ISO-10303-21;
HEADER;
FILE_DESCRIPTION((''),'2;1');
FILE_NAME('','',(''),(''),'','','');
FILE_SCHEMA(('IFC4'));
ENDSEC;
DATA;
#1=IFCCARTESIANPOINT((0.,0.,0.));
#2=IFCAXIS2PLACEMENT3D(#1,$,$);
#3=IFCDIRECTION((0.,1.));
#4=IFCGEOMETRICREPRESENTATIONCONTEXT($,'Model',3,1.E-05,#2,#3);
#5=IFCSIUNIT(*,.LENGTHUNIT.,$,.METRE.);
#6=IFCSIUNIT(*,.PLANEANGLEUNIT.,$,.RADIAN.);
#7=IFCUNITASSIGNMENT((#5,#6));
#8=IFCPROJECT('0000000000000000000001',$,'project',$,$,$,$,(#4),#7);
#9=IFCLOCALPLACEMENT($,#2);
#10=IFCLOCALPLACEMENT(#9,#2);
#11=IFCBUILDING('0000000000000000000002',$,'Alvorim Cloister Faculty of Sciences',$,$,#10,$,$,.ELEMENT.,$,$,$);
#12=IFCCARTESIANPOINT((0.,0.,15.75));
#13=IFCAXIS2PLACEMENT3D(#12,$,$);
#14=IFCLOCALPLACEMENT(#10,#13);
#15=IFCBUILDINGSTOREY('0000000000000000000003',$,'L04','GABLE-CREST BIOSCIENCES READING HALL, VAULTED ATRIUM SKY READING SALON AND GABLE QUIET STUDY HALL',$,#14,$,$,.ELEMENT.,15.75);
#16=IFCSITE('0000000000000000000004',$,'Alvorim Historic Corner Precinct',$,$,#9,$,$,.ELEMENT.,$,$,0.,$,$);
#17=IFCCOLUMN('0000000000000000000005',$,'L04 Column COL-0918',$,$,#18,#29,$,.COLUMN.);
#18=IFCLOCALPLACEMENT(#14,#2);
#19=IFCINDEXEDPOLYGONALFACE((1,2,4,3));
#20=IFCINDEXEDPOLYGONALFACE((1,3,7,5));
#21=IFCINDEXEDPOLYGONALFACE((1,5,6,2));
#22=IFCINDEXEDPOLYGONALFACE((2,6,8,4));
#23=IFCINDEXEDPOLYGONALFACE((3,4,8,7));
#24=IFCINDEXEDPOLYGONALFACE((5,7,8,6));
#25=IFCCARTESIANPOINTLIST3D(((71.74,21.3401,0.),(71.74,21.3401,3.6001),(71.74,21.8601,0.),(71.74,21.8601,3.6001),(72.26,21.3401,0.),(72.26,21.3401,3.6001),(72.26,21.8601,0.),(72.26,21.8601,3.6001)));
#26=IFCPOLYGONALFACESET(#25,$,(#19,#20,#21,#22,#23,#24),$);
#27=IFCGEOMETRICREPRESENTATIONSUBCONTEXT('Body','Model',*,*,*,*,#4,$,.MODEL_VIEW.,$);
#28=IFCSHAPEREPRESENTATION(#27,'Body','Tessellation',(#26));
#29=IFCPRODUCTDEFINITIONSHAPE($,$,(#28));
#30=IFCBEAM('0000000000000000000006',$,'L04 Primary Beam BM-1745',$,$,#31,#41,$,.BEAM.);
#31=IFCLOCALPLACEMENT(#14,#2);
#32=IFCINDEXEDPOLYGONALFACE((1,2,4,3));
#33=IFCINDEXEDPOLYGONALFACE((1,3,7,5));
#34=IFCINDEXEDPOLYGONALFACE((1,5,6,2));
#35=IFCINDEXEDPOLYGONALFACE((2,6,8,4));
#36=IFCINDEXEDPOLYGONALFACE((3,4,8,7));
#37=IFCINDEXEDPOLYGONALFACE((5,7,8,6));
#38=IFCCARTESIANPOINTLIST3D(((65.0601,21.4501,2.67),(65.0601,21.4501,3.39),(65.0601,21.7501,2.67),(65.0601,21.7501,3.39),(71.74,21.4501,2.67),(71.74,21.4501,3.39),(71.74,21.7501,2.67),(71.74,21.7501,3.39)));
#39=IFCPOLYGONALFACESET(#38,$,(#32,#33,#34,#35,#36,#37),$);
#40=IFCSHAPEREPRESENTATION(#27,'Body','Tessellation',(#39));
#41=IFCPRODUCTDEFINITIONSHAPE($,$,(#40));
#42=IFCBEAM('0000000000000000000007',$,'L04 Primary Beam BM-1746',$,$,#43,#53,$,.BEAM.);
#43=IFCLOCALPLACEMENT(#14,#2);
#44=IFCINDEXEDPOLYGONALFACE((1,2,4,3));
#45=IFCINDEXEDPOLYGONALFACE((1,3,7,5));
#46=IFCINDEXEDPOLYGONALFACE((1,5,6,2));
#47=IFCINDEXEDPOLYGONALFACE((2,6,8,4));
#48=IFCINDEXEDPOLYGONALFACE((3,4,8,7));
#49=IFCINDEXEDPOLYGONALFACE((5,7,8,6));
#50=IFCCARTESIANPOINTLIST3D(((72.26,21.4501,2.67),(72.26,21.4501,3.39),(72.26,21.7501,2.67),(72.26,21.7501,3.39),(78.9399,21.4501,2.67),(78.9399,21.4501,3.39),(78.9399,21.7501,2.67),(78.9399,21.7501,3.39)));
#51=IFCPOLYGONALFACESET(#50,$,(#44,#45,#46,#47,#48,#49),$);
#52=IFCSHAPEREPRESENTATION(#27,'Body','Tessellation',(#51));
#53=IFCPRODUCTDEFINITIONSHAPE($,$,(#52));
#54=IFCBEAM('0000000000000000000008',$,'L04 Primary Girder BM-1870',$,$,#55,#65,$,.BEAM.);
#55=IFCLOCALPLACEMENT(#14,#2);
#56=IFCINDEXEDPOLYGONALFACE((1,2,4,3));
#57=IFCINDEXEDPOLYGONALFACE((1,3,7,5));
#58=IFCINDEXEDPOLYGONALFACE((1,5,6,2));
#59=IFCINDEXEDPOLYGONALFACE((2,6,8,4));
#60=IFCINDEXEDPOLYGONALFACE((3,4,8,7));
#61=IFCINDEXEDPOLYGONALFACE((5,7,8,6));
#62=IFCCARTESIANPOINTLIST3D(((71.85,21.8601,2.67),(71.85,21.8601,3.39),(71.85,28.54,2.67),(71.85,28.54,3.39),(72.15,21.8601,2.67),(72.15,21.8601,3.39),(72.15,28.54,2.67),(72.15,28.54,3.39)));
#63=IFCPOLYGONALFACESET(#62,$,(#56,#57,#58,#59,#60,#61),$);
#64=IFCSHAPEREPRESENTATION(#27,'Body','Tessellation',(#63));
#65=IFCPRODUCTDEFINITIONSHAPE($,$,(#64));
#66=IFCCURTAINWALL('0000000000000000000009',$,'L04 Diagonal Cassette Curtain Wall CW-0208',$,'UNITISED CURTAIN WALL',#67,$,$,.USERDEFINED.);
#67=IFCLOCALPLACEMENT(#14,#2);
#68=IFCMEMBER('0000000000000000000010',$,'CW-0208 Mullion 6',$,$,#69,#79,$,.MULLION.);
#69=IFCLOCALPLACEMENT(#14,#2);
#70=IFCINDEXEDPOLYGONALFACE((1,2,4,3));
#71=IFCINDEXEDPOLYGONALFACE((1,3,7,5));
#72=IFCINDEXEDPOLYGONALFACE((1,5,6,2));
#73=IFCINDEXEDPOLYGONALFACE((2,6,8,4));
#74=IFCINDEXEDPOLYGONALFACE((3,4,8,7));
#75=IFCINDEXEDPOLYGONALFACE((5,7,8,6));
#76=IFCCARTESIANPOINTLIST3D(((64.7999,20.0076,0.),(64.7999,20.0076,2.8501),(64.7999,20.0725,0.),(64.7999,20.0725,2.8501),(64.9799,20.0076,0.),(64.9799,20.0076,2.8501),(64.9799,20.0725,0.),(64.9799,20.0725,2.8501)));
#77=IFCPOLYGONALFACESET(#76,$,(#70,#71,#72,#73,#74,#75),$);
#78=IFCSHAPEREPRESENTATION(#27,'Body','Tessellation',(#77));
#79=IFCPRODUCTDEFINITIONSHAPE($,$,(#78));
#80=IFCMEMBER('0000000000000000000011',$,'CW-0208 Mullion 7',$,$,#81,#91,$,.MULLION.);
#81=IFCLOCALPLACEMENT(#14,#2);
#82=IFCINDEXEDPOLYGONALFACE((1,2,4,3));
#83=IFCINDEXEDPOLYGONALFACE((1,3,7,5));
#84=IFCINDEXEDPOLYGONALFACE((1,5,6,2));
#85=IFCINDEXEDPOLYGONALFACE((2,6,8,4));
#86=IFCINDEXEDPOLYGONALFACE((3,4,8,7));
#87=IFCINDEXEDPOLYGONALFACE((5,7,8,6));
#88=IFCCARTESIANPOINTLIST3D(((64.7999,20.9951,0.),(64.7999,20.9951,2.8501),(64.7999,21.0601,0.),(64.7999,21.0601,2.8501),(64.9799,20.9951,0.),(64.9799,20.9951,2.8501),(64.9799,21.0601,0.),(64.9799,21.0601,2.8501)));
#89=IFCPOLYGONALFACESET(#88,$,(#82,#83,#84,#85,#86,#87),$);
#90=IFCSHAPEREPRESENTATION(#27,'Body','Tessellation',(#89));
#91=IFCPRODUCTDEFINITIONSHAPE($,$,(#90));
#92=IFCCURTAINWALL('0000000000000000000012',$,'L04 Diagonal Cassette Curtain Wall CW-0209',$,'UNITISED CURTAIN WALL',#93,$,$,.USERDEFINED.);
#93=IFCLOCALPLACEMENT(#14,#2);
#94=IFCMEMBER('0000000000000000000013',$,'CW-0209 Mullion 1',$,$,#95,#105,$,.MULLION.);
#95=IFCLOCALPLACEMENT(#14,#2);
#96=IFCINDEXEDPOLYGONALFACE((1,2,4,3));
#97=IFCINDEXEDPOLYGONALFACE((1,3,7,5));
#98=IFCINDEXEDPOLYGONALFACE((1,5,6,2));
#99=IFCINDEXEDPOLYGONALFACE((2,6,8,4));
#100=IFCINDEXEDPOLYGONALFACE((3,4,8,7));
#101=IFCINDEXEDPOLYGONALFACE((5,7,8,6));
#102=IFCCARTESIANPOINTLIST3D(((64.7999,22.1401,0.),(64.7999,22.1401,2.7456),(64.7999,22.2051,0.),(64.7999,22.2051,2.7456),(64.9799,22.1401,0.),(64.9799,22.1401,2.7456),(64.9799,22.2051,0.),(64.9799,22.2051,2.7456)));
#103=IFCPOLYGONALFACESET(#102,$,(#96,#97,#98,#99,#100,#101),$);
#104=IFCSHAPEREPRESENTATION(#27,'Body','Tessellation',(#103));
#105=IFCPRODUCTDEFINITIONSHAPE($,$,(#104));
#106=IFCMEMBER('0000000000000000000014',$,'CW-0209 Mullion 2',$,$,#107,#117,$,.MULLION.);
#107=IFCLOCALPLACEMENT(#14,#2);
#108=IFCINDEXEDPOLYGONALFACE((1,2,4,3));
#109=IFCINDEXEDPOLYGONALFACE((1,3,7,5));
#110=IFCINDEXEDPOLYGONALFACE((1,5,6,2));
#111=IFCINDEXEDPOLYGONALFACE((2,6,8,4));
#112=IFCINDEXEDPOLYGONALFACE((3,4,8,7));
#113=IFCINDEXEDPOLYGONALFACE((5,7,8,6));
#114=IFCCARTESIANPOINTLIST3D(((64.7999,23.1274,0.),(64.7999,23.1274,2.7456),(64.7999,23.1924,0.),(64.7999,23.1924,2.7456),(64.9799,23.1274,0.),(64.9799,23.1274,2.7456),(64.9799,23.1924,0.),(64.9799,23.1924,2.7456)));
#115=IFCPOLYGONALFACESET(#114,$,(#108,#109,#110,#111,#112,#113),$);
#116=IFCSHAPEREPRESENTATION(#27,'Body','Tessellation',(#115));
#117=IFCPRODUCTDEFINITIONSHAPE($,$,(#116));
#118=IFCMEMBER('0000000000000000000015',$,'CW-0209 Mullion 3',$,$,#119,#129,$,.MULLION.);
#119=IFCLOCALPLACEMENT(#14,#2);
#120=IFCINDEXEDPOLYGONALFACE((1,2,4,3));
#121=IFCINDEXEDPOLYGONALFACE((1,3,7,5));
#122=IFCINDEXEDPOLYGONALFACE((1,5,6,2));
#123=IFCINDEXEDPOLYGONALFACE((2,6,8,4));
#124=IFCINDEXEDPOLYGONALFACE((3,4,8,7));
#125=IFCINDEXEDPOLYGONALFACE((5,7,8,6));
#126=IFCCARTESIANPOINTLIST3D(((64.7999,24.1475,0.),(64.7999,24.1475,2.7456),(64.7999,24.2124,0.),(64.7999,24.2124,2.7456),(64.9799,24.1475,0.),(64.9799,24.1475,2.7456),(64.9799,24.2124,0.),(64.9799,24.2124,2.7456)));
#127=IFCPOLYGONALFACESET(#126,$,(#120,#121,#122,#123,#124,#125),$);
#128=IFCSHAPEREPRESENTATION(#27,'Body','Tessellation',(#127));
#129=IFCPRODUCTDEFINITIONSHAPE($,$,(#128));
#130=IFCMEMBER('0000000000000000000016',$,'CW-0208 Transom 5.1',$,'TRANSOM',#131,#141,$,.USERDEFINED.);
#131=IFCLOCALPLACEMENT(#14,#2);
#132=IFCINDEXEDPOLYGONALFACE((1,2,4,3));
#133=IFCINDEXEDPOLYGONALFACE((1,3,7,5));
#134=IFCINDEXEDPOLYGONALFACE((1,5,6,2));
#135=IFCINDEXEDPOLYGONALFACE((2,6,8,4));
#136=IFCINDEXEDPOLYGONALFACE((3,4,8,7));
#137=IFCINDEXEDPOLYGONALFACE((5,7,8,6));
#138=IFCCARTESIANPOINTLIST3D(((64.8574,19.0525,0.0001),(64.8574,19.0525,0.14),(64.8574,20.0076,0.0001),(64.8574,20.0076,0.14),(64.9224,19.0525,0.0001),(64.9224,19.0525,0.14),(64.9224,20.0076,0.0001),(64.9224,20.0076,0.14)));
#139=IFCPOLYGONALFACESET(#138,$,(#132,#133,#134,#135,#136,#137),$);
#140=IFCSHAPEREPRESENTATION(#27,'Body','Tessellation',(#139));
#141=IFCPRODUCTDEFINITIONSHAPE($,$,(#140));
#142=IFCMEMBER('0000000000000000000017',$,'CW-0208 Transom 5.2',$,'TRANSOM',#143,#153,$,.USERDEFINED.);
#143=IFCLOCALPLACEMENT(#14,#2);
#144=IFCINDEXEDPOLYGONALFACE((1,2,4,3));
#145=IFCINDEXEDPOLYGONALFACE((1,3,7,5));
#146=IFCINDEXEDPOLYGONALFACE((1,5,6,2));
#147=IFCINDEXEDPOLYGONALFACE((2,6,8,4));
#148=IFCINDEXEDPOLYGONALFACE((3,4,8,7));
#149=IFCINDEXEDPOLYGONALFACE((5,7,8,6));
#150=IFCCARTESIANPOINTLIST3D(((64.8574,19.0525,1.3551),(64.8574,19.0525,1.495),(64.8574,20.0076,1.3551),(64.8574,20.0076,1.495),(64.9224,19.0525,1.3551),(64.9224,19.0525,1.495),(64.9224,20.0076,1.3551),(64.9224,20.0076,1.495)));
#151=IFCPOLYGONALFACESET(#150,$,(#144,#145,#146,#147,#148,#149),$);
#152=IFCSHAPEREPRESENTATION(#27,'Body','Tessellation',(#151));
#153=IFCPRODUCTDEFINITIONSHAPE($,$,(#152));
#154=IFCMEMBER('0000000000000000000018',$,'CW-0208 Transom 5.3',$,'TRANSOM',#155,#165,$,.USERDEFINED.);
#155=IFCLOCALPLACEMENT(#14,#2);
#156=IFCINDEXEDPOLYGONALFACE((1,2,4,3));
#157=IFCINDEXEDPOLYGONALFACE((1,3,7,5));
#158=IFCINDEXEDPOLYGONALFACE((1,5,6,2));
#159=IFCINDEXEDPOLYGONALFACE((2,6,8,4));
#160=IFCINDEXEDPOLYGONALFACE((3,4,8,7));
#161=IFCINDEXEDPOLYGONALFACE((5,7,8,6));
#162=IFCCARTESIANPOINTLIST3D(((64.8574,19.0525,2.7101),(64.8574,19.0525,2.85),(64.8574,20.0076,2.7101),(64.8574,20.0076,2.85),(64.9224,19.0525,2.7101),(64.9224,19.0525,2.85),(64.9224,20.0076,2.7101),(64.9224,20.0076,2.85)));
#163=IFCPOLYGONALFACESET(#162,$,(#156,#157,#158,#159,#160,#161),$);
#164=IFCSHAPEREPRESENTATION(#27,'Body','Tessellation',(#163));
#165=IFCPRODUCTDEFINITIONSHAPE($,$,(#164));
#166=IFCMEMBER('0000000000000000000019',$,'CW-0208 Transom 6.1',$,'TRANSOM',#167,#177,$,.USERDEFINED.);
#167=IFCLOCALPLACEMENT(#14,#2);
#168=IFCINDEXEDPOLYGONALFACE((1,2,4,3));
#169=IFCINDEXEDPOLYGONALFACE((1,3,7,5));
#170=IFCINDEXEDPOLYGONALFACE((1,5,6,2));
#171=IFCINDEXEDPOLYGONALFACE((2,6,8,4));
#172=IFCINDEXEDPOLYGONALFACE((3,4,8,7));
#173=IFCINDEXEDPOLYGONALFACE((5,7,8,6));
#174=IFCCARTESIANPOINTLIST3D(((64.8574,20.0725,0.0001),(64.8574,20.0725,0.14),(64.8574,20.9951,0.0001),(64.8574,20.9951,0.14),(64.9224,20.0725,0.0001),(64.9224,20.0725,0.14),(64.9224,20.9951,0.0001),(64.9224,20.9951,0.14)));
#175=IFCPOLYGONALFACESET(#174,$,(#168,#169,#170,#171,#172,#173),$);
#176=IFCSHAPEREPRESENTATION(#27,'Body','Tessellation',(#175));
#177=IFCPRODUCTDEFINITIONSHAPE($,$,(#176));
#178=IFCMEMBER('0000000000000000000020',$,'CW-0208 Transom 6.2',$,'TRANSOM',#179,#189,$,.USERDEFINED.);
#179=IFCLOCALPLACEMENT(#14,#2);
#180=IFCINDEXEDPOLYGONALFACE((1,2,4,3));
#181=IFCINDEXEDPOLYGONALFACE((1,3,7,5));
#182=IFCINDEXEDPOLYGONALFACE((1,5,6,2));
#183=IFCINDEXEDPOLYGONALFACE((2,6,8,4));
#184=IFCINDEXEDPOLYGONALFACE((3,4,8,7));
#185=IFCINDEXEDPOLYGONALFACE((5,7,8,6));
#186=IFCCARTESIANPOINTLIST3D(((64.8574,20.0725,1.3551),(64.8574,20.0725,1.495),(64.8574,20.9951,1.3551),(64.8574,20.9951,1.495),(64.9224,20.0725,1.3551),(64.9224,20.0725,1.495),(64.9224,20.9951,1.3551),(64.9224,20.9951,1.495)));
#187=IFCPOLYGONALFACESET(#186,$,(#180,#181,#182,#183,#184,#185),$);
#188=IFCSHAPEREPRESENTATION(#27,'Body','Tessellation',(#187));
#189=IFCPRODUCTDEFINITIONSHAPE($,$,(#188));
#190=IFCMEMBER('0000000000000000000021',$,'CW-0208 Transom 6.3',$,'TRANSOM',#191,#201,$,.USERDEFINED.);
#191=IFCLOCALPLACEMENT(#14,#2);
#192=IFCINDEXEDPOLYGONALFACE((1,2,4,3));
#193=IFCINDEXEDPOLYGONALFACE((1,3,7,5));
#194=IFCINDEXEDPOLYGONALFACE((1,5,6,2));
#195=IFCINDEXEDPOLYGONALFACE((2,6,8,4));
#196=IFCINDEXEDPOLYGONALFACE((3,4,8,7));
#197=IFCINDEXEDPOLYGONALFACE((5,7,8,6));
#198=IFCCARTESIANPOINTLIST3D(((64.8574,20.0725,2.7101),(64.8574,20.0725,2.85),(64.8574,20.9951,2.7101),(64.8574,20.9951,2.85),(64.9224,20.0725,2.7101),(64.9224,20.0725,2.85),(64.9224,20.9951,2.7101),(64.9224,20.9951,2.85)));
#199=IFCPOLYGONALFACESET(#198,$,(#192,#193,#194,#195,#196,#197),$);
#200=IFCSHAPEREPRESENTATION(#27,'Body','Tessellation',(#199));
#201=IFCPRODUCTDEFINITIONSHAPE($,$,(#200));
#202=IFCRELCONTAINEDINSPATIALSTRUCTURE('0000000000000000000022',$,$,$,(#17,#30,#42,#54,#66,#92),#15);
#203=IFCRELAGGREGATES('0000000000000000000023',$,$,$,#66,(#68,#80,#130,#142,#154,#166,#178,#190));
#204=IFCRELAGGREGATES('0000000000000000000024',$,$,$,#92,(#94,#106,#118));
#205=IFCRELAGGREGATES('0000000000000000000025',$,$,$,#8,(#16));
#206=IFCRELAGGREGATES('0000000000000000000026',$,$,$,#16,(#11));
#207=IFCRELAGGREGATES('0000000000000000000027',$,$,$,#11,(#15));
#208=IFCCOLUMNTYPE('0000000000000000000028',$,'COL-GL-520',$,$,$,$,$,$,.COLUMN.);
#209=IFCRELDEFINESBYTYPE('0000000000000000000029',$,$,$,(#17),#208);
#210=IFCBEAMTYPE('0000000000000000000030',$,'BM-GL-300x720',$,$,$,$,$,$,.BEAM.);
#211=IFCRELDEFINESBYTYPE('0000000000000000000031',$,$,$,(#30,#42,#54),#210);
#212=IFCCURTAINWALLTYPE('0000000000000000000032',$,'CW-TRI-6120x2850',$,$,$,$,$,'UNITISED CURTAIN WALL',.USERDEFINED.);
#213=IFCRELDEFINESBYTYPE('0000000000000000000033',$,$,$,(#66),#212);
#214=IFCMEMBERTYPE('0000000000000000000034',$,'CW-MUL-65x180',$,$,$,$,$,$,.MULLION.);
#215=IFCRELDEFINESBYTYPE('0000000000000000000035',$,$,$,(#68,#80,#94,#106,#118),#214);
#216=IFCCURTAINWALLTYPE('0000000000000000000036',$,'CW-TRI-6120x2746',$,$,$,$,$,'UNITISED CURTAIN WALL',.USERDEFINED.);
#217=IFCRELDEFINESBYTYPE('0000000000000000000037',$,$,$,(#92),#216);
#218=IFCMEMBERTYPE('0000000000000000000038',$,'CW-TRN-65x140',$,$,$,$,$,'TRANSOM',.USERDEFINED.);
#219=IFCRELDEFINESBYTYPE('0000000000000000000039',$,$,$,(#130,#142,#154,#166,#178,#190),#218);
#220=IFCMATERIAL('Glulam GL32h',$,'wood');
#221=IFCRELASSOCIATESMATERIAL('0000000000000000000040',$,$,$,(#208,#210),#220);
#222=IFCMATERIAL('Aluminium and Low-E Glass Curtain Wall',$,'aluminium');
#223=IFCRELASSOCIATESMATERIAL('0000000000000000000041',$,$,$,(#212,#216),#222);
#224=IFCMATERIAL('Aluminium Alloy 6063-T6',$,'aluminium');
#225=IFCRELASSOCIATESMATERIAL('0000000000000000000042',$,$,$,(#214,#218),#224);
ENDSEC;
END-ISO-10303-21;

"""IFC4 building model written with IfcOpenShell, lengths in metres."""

from ifc_helpers import new_model, si_unit, direction, frame, origin, origin_2d, place, context, subcontext, project, spatial, rectangle, extrude, material, material_profile, profile_set, type_object, element, aggregate, save


model = new_model("IFC4")

# Units and contexts
model_context = context("Model", 3, precision=1e-05, world=origin(), true_north=direction((0.0, 1.0)))
body_context = subcontext(model_context, "Body", "Model", "MODEL_VIEW")
ifc_project = project(units=[si_unit("LENGTHUNIT", "METRE"), si_unit("PLANEANGLEUNIT", "RADIAN")], contexts=[model_context])

# Site, building, storey
site_placement = place(None, origin())
site = spatial("IfcSite", under=ifc_project, at=site_placement, Name="Alvorim Historic Corner Precinct", CompositionType="ELEMENT", RefElevation=0.0)
building_placement = place(site_placement, origin())
building = spatial("IfcBuilding", under=site, at=building_placement, Name="Alvorim Cloister Faculty of Sciences", CompositionType="ELEMENT")
storey_placement = place(building_placement, frame((0.0, 0.0, 15.75)))
storey = spatial("IfcBuildingStorey", under=building, at=storey_placement, Name="L04", Description="GABLE-CREST BIOSCIENCES READING HALL, VAULTED ATRIUM SKY READING SALON AND GABLE QUIET STUDY HALL", CompositionType="ELEMENT", Elevation=15.75)

# Column
ifc_material_1 = material(Name="Glulam GL32h", Category="wood")
ifc_material_profile_1 = material_profile(ifc_material_1, rectangle(XDim=0.52, YDim=0.52, at=origin_2d()), Name="GL32-COL-520x520")
ifc_profile_set_1 = profile_set([ifc_material_profile_1], Name="Glulam GL32h")
column_type = type_object("IfcColumnType", Name="COL-GL-520", PredefinedType="COLUMN", material=ifc_profile_set_1)
column_placement = place(storey_placement, frame((72.0, 21.6001, 0.0), z_axis=(0.0, 0.0, 1.0), x_axis=(1.0, 0.0, 0.0)))
element("IfcColumn", 1, at=column_placement, inside=storey, type_object=column_type, Name="L04 Column COL-0918", PredefinedType="COLUMN", context=body_context, shape_type="SweptSolid", body=[
    extrude(rectangle(XDim=0.52, YDim=0.52, at=origin_2d()), origin(), (0.0, 0.0, 1.0), 3.6001),
])

# Beams
ifc_material_profile_2 = material_profile(ifc_material_1, rectangle(XDim=0.3, YDim=0.72, at=origin_2d()), Name="GL32-BM-300x720")
ifc_profile_set_2 = profile_set([ifc_material_profile_2], Name="Glulam GL32h")
beam_type = type_object("IfcBeamType", Name="BM-GL-300x720", PredefinedType="BEAM", material=ifc_profile_set_2)
for number, where, z_axis, x_axis, name in (
    (2, (65.0601, 21.6001, 3.03), (1.0, 0.0, 0.0), (0.0, 1.0, 0.0), "L04 Primary Beam BM-1745"),
    (3, (72.26, 21.6001, 3.03), (1.0, 0.0, 0.0), (0.0, 1.0, 0.0), "L04 Primary Beam BM-1746"),
    (4, (72.0, 21.8601, 3.03), (0.0, 1.0, 0.0), (-1.0, 0.0, 0.0), "L04 Primary Girder BM-1870"),
):
    element("IfcBeam", number, at=place(storey_placement, frame(where, z_axis=z_axis, x_axis=x_axis)), inside=storey, type_object=beam_type, Name=name, PredefinedType="BEAM", context=body_context, shape_type="SweptSolid", body=[
        extrude(rectangle(XDim=0.3, YDim=0.72, at=origin_2d()), origin(), (0.0, 0.0, 1.0), 6.6799),
    ])

# Curtain walls, members
ifc_material_2 = material(Name="Aluminium and Low-E Glass Curtain Wall", Category="aluminium")
curtain_wall_type_1 = type_object("IfcCurtainWallType", Name="CW-TRI-6120x2850", ElementType="UNITISED CURTAIN WALL", PredefinedType="USERDEFINED", material=ifc_material_2)
curtain_wall_1_placement = place(storey_placement, origin())
curtain_wall_1 = element("IfcCurtainWall", 5, at=curtain_wall_1_placement, inside=storey, type_object=curtain_wall_type_1, Name="L04 Diagonal Cassette Curtain Wall CW-0208", ObjectType="UNITISED CURTAIN WALL", PredefinedType="USERDEFINED")
ifc_material_3 = material(Name="Aluminium Alloy 6063-T6", Category="aluminium")
ifc_material_profile_3 = material_profile(ifc_material_3, rectangle(XDim=0.0649, YDim=0.1799, at=origin_2d()), Name="ALU-MUL-65x180")
ifc_profile_set_3 = profile_set([ifc_material_profile_3], Name="Aluminium Alloy 6063-T6")
member_type_1 = type_object("IfcMemberType", Name="CW-MUL-65x180", PredefinedType="MULLION", material=ifc_profile_set_3)
member_1_placement = place(storey_placement, frame((64.8899, 20.04, 0.0), z_axis=(0.0, 0.0, 1.0), x_axis=(0.0, 1.0, 0.0)))
member_1 = element("IfcMember", 6, at=member_1_placement, type_object=member_type_1, Name="CW-0208 Mullion 6", PredefinedType="MULLION", context=body_context, shape_type="SweptSolid", body=[
    extrude(rectangle(XDim=0.0649, YDim=0.1799, at=origin_2d()), origin(), (0.0, 0.0, 1.0), 2.8501),
])
member_2_placement = place(storey_placement, frame((64.8899, 21.0276, 0.0), z_axis=(0.0, 0.0, 1.0), x_axis=(0.0, 1.0, 0.0)))
member_2 = element("IfcMember", 7, at=member_2_placement, type_object=member_type_1, Name="CW-0208 Mullion 7", PredefinedType="MULLION", context=body_context, shape_type="SweptSolid", body=[
    extrude(rectangle(XDim=0.0649, YDim=0.1799, at=origin_2d()), origin(), (0.0, 0.0, 1.0), 2.8501),
])
curtain_wall_type_2 = type_object("IfcCurtainWallType", Name="CW-TRI-6120x2746", ElementType="UNITISED CURTAIN WALL", PredefinedType="USERDEFINED", material=ifc_material_2)
curtain_wall_2_placement = place(storey_placement, origin())
curtain_wall_2 = element("IfcCurtainWall", 8, at=curtain_wall_2_placement, inside=storey, type_object=curtain_wall_type_2, Name="L04 Diagonal Cassette Curtain Wall CW-0209", ObjectType="UNITISED CURTAIN WALL", PredefinedType="USERDEFINED")
member_3_placement = place(storey_placement, frame((64.8899, 22.1726, 0.0), z_axis=(0.0, 0.0, 1.0), x_axis=(0.0, 1.0, 0.0)))
member_3 = element("IfcMember", 9, at=member_3_placement, type_object=member_type_1, Name="CW-0209 Mullion 1", PredefinedType="MULLION", context=body_context, shape_type="SweptSolid", body=[
    extrude(rectangle(XDim=0.0649, YDim=0.1799, at=origin_2d()), origin(), (0.0, 0.0, 1.0), 2.7456),
])
member_4_placement = place(storey_placement, frame((64.8899, 23.1599, 0.0), z_axis=(0.0, 0.0, 1.0), x_axis=(0.0, 1.0, 0.0)))
member_4 = element("IfcMember", 10, at=member_4_placement, type_object=member_type_1, Name="CW-0209 Mullion 2", PredefinedType="MULLION", context=body_context, shape_type="SweptSolid", body=[
    extrude(rectangle(XDim=0.0649, YDim=0.1799, at=origin_2d()), origin(), (0.0, 0.0, 1.0), 2.7456),
])
member_5_placement = place(storey_placement, frame((64.8899, 24.1799, 0.0), z_axis=(0.0, 0.0, 1.0), x_axis=(0.0, 1.0, 0.0)))
member_5 = element("IfcMember", 11, at=member_5_placement, type_object=member_type_1, Name="CW-0209 Mullion 3", PredefinedType="MULLION", context=body_context, shape_type="SweptSolid", body=[
    extrude(rectangle(XDim=0.0649, YDim=0.1799, at=origin_2d()), origin(), (0.0, 0.0, 1.0), 2.7456),
])

# Members
ifc_material_profile_4 = material_profile(ifc_material_3, rectangle(XDim=0.0649, YDim=0.1399, at=origin_2d()), Name="ALU-TRN-65x140")
ifc_profile_set_4 = profile_set([ifc_material_profile_4], Name="Aluminium Alloy 6063-T6")
member_type_2 = type_object("IfcMemberType", Name="CW-TRN-65x140", ElementType="TRANSOM", PredefinedType="USERDEFINED", material=ifc_profile_set_4)
member_6_placement = place(storey_placement, frame((64.8899, 19.0525, 0.0701), z_axis=(0.0, 1.0, 0.0), x_axis=(-1.0, 0.0, 0.0)))
member_6 = element("IfcMember", 12, at=member_6_placement, type_object=member_type_2, Name="CW-0208 Transom 5.1", ObjectType="TRANSOM", PredefinedType="USERDEFINED", context=body_context, shape_type="SweptSolid", body=[
    extrude(rectangle(XDim=0.0649, YDim=0.1399, at=origin_2d()), origin(), (0.0, 0.0, 1.0), 0.9551),
])
member_7_placement = place(storey_placement, frame((64.8899, 19.0525, 1.425), z_axis=(0.0, 1.0, 0.0), x_axis=(-1.0, 0.0, 0.0)))
member_7 = element("IfcMember", 13, at=member_7_placement, type_object=member_type_2, Name="CW-0208 Transom 5.2", ObjectType="TRANSOM", PredefinedType="USERDEFINED", context=body_context, shape_type="SweptSolid", body=[
    extrude(rectangle(XDim=0.0649, YDim=0.1399, at=origin_2d()), origin(), (0.0, 0.0, 1.0), 0.9551),
])
member_8_placement = place(storey_placement, frame((64.8899, 19.0525, 2.78), z_axis=(0.0, 1.0, 0.0), x_axis=(-1.0, 0.0, 0.0)))
member_8 = element("IfcMember", 14, at=member_8_placement, type_object=member_type_2, Name="CW-0208 Transom 5.3", ObjectType="TRANSOM", PredefinedType="USERDEFINED", context=body_context, shape_type="SweptSolid", body=[
    extrude(rectangle(XDim=0.0649, YDim=0.1399, at=origin_2d()), origin(), (0.0, 0.0, 1.0), 0.9551),
])
member_9_placement = place(storey_placement, frame((64.8899, 20.0725, 0.0701), z_axis=(0.0, 1.0, 0.0), x_axis=(-1.0, 0.0, 0.0)))
member_9 = element("IfcMember", 15, at=member_9_placement, type_object=member_type_2, Name="CW-0208 Transom 6.1", ObjectType="TRANSOM", PredefinedType="USERDEFINED", context=body_context, shape_type="SweptSolid", body=[
    extrude(rectangle(XDim=0.0649, YDim=0.1399, at=origin_2d()), origin(), (0.0, 0.0, 1.0), 0.9226),
])
member_10_placement = place(storey_placement, frame((64.8899, 20.0725, 1.425), z_axis=(0.0, 1.0, 0.0), x_axis=(-1.0, 0.0, 0.0)))
member_10 = element("IfcMember", 16, at=member_10_placement, type_object=member_type_2, Name="CW-0208 Transom 6.2", ObjectType="TRANSOM", PredefinedType="USERDEFINED", context=body_context, shape_type="SweptSolid", body=[
    extrude(rectangle(XDim=0.0649, YDim=0.1399, at=origin_2d()), origin(), (0.0, 0.0, 1.0), 0.9226),
])
member_11_placement = place(storey_placement, frame((64.8899, 20.0725, 2.78), z_axis=(0.0, 1.0, 0.0), x_axis=(-1.0, 0.0, 0.0)))
member_11 = element("IfcMember", 17, at=member_11_placement, type_object=member_type_2, Name="CW-0208 Transom 6.3", ObjectType="TRANSOM", PredefinedType="USERDEFINED", context=body_context, shape_type="SweptSolid", body=[
    extrude(rectangle(XDim=0.0649, YDim=0.1399, at=origin_2d()), origin(), (0.0, 0.0, 1.0), 0.9226),
])
aggregate(curtain_wall_1, [member_1, member_2, member_6, member_7, member_8, member_9, member_10, member_11])
aggregate(curtain_wall_2, [member_3, member_4, member_5])

save(model, "model.ifc")
